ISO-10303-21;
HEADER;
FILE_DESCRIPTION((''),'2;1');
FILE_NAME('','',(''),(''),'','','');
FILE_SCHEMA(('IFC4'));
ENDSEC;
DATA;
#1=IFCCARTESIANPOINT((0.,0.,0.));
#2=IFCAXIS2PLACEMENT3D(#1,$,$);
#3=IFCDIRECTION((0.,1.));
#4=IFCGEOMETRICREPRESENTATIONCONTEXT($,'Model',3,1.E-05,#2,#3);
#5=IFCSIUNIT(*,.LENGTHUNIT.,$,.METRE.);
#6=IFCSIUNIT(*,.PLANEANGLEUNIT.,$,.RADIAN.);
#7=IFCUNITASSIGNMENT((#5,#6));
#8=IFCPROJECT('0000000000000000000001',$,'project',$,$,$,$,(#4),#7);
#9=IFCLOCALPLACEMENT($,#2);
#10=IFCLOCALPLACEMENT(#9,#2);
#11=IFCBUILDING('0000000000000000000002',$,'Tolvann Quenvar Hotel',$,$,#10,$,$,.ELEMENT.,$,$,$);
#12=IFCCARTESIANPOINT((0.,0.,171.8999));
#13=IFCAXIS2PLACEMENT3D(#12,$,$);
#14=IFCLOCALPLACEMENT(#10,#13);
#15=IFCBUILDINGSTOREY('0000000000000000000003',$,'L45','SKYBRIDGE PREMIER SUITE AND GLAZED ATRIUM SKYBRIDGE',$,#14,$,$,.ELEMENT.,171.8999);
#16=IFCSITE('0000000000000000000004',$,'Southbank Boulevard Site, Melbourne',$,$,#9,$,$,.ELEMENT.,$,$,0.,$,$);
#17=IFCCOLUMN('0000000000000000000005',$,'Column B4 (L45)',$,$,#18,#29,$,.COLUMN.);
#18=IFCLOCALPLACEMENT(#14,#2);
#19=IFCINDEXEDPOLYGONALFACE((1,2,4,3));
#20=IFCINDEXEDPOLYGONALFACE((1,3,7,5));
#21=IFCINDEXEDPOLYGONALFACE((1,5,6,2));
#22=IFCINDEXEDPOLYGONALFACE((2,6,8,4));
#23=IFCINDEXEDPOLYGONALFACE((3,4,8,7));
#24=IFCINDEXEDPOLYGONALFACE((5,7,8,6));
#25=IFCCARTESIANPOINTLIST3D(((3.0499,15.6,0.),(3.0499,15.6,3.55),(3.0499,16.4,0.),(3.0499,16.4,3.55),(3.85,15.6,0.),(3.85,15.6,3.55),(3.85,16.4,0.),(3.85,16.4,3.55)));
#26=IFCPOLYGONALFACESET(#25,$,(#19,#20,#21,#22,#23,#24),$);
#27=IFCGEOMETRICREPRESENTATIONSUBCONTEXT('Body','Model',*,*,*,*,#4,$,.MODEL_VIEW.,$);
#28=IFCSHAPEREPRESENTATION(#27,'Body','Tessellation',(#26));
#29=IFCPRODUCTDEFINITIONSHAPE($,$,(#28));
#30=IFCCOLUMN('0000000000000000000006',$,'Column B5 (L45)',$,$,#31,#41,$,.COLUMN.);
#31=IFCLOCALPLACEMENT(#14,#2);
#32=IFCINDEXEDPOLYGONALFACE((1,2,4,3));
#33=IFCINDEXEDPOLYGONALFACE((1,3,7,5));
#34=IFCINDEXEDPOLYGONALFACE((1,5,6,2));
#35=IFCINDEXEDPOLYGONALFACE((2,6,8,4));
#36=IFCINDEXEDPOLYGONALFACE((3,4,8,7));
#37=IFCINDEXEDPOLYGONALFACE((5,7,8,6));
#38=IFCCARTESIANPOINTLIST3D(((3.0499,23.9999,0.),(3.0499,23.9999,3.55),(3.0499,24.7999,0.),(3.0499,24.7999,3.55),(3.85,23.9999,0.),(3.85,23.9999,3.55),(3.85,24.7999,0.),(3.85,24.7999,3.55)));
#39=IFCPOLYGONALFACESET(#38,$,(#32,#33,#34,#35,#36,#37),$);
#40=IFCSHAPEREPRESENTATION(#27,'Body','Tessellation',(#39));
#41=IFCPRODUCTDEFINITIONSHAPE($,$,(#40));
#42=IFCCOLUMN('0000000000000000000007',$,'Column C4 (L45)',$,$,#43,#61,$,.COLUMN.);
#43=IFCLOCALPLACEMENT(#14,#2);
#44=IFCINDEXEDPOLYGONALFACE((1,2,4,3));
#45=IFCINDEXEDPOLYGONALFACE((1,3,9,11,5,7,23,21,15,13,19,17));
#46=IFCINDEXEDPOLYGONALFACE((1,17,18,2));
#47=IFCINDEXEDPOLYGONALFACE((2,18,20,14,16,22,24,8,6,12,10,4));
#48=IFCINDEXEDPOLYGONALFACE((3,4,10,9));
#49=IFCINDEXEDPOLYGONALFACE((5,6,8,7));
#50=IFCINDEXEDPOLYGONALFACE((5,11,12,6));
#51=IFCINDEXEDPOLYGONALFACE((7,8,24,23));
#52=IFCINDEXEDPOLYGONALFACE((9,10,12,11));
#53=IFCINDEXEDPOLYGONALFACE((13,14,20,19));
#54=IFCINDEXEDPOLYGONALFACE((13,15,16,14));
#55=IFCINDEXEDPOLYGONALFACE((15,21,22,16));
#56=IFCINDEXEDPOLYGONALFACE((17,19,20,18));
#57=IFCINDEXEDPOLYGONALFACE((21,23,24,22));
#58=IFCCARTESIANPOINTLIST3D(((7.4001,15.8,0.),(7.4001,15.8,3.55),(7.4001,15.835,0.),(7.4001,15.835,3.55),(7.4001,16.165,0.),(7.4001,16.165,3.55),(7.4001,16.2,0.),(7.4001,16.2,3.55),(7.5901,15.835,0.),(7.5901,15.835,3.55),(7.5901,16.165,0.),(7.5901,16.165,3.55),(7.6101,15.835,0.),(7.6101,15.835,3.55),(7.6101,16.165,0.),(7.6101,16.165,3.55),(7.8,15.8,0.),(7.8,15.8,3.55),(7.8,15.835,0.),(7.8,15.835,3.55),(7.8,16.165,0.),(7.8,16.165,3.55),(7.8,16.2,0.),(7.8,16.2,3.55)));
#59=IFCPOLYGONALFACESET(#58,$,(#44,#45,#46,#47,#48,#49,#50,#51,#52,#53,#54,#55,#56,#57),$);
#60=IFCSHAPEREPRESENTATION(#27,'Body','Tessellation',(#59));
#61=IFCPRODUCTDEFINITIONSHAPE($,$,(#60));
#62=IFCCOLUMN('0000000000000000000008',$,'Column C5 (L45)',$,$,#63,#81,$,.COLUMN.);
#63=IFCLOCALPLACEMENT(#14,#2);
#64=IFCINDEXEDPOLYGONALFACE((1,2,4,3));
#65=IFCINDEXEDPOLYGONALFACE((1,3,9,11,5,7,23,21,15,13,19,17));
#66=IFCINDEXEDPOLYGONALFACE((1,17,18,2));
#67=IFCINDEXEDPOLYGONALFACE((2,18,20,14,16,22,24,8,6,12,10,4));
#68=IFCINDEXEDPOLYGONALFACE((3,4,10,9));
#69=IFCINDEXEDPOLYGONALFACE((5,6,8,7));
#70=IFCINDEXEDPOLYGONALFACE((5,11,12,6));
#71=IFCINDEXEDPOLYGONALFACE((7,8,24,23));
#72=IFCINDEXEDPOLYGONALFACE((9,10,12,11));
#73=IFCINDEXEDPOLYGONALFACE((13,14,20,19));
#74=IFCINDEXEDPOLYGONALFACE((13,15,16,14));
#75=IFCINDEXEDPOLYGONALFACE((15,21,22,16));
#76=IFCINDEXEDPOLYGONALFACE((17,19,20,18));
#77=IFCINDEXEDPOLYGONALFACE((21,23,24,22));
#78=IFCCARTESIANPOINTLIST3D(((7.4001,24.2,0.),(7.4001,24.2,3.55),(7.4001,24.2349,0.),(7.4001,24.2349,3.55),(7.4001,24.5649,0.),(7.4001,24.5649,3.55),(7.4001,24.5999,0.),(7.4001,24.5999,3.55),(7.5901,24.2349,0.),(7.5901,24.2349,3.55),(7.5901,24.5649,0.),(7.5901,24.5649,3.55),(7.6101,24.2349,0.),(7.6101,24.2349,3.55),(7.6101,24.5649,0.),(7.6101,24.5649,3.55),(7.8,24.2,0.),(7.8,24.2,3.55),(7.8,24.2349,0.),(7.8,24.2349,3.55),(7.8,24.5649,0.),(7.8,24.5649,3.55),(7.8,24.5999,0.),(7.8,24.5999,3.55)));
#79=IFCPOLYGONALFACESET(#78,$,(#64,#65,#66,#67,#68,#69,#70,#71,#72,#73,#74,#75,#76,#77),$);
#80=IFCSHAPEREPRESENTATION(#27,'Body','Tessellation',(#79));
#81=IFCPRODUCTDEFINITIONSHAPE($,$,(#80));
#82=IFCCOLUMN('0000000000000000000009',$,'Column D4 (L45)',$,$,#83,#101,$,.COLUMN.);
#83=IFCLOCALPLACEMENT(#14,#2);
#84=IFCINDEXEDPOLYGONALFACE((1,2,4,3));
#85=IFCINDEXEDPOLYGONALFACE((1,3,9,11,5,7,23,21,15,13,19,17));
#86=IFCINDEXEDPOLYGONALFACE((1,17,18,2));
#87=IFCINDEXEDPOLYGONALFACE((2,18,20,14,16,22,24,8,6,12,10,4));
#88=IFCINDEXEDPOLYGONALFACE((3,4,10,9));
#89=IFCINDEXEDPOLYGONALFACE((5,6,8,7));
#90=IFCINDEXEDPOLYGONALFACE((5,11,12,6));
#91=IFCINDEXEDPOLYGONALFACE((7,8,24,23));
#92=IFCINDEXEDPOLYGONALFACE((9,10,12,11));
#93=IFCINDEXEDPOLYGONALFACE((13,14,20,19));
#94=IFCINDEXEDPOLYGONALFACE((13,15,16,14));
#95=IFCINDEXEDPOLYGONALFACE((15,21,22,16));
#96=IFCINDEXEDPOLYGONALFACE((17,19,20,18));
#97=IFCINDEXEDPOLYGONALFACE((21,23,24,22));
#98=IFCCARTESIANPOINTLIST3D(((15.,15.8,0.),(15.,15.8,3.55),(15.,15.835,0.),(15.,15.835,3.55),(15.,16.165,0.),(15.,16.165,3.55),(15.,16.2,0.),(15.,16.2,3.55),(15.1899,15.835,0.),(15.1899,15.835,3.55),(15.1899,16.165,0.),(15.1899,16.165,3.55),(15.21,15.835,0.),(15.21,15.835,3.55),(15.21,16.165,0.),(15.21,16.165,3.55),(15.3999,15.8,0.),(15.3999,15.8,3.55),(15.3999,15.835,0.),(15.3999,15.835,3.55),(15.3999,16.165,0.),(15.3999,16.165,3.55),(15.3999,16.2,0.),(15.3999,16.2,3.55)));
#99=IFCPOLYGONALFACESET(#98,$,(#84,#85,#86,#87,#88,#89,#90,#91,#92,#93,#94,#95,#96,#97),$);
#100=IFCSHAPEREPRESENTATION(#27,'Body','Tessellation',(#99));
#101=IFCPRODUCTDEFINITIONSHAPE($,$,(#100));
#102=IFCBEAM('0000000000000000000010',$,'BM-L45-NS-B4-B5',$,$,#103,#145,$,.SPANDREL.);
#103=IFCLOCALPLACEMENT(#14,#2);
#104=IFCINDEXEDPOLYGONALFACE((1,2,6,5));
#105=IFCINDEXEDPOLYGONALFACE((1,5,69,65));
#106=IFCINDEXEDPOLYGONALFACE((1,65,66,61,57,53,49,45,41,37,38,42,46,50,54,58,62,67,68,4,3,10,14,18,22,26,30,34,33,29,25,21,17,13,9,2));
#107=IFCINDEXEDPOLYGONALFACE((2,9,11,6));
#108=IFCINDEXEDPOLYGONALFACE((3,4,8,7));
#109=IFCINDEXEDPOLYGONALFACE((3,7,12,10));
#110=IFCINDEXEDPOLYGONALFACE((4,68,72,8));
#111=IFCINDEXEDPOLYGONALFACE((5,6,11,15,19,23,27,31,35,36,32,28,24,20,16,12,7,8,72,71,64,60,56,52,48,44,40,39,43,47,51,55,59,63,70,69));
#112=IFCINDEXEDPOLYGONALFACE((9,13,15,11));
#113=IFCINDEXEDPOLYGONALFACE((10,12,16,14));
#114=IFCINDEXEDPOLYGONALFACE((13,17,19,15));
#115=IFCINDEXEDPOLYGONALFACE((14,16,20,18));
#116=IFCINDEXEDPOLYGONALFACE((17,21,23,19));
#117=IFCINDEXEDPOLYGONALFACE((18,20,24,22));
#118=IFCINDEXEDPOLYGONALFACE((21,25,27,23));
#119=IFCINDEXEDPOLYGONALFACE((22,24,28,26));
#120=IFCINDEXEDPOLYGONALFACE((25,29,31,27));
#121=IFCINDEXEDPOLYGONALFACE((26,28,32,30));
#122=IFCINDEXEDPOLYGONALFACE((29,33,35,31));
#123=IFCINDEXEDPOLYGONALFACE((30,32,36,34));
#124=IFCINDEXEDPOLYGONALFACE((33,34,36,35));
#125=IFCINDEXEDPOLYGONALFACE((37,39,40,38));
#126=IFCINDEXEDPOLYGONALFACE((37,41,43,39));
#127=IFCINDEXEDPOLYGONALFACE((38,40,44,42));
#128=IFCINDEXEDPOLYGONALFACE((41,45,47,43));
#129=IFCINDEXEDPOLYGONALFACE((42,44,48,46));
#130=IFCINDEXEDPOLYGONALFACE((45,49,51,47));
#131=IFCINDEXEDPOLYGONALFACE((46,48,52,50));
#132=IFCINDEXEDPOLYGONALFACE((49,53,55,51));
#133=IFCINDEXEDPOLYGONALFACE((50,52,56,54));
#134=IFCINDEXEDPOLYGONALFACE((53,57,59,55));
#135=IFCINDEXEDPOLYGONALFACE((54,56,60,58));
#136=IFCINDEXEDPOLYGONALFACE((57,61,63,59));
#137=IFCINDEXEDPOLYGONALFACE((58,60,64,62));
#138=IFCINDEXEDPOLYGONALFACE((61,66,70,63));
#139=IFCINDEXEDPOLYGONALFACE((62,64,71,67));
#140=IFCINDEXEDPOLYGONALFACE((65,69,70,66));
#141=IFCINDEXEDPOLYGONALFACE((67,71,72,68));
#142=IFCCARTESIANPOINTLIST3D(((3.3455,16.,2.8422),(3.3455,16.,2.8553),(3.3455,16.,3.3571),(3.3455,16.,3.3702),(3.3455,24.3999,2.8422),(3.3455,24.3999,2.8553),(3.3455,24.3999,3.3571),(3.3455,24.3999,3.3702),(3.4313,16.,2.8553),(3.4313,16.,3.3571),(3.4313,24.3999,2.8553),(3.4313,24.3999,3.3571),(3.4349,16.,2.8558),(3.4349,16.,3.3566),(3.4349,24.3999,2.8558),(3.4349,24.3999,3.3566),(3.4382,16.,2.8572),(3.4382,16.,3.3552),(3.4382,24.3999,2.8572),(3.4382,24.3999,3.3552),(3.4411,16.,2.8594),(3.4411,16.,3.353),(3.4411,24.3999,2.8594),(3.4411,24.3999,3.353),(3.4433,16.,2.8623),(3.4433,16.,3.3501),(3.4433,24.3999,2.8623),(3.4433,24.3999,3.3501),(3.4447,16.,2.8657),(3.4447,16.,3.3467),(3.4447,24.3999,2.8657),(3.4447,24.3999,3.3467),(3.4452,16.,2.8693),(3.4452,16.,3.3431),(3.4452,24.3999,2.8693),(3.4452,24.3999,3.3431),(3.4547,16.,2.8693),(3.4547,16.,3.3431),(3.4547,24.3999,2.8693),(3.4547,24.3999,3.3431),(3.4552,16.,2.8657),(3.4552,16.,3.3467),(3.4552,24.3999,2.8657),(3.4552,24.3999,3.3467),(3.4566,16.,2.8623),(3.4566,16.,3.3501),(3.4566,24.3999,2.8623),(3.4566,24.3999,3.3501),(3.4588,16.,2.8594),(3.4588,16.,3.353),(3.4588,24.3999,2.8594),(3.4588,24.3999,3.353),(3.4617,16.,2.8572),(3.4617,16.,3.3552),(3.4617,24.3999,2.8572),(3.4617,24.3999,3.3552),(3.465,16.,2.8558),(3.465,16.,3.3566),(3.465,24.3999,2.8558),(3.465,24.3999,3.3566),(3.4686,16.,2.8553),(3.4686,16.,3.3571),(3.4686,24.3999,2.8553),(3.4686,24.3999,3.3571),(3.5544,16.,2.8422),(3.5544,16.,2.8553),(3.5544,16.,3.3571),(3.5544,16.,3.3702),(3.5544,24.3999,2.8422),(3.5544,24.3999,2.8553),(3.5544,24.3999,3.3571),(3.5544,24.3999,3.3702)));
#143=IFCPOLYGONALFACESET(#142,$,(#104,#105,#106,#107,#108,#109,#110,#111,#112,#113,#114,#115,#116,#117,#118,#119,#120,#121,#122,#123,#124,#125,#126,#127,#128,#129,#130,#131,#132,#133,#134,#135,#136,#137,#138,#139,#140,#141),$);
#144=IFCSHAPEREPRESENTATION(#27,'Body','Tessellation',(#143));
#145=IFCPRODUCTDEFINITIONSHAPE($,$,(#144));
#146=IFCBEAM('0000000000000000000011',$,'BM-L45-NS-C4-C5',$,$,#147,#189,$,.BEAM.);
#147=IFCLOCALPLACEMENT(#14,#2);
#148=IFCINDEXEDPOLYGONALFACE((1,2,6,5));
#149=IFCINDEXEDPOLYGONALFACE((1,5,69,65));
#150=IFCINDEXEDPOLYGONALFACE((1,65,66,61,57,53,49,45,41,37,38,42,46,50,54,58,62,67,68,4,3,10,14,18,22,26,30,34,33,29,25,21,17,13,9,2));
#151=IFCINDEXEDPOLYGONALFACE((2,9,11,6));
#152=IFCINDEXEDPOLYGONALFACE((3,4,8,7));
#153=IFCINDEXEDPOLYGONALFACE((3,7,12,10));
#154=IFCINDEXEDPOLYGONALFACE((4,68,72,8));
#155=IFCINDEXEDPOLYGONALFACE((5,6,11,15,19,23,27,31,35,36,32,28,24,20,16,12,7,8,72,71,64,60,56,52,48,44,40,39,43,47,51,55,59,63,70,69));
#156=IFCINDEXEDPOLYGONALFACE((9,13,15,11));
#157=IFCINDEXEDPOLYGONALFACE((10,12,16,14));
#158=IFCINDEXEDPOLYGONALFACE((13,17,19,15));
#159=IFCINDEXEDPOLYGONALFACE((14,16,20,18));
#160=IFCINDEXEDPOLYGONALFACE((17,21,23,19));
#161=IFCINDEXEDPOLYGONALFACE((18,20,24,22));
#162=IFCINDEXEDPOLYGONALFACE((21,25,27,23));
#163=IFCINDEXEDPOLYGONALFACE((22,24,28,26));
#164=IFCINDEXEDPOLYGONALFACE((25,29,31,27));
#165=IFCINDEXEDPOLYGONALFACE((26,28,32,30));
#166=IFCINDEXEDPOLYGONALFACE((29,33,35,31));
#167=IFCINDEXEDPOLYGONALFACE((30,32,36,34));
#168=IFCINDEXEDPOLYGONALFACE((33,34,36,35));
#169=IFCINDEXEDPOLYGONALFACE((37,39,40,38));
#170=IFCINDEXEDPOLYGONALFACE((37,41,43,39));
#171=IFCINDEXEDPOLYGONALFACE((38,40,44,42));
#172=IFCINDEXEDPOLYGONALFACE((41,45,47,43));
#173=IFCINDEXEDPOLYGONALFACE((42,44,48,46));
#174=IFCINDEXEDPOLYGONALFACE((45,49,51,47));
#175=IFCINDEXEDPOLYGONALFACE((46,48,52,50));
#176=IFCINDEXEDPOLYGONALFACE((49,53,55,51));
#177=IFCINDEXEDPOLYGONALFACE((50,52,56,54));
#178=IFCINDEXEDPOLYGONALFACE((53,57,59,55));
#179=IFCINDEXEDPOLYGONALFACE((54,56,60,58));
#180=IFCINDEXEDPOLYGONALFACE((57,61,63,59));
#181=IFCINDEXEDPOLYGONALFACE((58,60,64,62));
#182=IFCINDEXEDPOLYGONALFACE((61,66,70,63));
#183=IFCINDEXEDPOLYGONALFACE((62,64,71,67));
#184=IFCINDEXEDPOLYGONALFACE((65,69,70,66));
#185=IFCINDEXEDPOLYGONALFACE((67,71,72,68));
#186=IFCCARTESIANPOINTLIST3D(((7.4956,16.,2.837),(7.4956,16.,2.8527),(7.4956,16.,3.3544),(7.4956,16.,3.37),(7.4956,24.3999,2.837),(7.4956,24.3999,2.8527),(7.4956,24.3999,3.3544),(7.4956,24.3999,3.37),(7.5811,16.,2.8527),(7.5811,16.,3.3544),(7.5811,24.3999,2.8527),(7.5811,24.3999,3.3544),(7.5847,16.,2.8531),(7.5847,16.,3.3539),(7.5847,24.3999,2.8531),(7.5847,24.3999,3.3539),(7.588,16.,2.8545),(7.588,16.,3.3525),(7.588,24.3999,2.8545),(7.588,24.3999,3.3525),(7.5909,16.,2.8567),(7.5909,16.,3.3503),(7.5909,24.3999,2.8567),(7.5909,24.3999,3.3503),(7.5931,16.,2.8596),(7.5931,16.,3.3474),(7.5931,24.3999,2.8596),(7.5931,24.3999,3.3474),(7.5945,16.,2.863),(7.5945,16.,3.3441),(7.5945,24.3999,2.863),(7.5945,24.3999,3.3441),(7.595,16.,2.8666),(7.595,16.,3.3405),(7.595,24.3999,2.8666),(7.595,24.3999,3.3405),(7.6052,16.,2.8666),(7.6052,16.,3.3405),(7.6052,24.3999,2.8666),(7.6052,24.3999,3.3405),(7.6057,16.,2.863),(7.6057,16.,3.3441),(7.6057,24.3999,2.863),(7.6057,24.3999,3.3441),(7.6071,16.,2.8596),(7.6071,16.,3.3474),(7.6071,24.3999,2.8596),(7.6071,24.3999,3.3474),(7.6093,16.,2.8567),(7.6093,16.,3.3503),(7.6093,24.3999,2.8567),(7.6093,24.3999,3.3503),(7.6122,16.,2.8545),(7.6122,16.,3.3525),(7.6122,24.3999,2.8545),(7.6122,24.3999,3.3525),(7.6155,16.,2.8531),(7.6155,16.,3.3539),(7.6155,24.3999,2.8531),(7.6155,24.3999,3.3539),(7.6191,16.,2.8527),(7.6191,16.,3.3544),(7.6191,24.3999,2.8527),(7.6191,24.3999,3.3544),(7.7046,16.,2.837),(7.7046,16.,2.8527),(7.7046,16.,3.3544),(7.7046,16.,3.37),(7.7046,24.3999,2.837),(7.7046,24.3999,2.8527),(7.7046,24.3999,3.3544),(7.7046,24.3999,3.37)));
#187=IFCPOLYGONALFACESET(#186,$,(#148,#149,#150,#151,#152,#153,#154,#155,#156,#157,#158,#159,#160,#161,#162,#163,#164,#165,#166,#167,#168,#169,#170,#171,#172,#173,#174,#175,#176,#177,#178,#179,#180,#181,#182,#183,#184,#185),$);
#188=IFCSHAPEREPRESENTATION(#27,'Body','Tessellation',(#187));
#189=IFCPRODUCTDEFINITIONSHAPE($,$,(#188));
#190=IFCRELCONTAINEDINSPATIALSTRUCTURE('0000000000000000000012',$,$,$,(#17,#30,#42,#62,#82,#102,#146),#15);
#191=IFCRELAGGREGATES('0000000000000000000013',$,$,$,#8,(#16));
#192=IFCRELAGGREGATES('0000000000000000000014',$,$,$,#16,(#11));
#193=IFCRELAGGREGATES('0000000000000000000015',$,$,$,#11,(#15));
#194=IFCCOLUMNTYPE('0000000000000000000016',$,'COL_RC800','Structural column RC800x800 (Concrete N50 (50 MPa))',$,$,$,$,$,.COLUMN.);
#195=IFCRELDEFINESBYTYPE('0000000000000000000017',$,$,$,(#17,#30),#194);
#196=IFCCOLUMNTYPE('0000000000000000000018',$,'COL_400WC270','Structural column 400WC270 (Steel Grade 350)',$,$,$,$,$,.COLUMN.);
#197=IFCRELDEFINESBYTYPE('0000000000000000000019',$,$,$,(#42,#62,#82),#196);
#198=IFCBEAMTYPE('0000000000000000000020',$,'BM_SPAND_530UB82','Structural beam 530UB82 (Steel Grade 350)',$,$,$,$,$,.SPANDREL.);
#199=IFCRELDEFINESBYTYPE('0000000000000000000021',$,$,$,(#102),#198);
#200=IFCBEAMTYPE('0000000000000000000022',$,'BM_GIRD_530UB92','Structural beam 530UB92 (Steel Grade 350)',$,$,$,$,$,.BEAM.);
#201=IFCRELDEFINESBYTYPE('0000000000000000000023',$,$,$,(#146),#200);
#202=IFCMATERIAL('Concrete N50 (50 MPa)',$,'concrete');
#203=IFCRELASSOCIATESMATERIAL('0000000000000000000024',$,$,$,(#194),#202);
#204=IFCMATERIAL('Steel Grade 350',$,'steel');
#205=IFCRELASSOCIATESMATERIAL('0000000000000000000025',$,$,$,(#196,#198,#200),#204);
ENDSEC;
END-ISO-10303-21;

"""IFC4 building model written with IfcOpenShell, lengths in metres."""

from ifc_helpers import new_model, si_unit, direction, frame, origin, origin_2d, place, context, subcontext, project, spatial, rectangle, i_section, extrude, source, transform, mapped, material, material_profile, profile_set, type_object, type_shapes, element, save


model = new_model("IFC4")

# Units and contexts
model_context = context("Model", 3, precision=1e-05, world=origin(), true_north=direction((0.0, 1.0)))
body_context = subcontext(model_context, "Body", "Model", "MODEL_VIEW")
ifc_project = project(units=[si_unit("LENGTHUNIT", "METRE"), si_unit("PLANEANGLEUNIT", "RADIAN")], contexts=[model_context])

# Site, building, storey
site_placement = place(None, origin())
site = spatial("IfcSite", under=ifc_project, at=site_placement, Name="Southbank Boulevard Site, Melbourne", CompositionType="ELEMENT", RefElevation=0.0)
building_placement = place(site_placement, origin())
building = spatial("IfcBuilding", under=site, at=building_placement, Name="Tolvann Quenvar Hotel", CompositionType="ELEMENT")
storey_placement = place(building_placement, frame((0.0, 0.0, 171.8999)))
storey = spatial("IfcBuildingStorey", under=building, at=storey_placement, Name="L45", Description="SKYBRIDGE PREMIER SUITE AND GLAZED ATRIUM SKYBRIDGE", CompositionType="ELEMENT", Elevation=171.8999)

# Columns
ifc_material_1 = material(Name="Concrete N50 (50 MPa)", Category="concrete")
ifc_material_profile_1 = material_profile(ifc_material_1, rectangle(XDim=0.8, YDim=0.8, at=origin_2d()), Name="RC800x800")
ifc_profile_set_1 = profile_set([ifc_material_profile_1], Name="Concrete N50 (50 MPa)")
column_type_1 = type_object("IfcColumnType", Name="COL_RC800", Description="Structural column RC800x800 (Concrete N50 (50 MPa))", PredefinedType="COLUMN", material=ifc_profile_set_1)
shared_shape_1 = source(origin(), body_context, "Body", "SweptSolid", [
    extrude(rectangle(XDim=0.8, YDim=0.8, at=origin_2d()), origin(), (0.0, 0.0, 1.0), 3.55),
])
type_shapes(column_type_1, [shared_shape_1])
for number, where, z_axis, x_axis, name in (
    (1, (3.45, 16.0, 0.0), (0.0, 0.0, 1.0), (1.0, 0.0, 0.0), "Column B4 (L45)"),
    (2, (3.45, 24.3999, 0.0), (0.0, 0.0, 1.0), (1.0, 0.0, 0.0), "Column B5 (L45)"),
):
    element("IfcColumn", number, at=place(storey_placement, frame(where, z_axis=z_axis, x_axis=x_axis)), inside=storey, type_object=column_type_1, Name=name, PredefinedType="COLUMN", context=body_context, shape_type="MappedRepresentation", body=[
        mapped(shared_shape_1, transform((0.0, 0.0, 0.0), x_axis=(1.0, 0.0, 0.0), y_axis=(0.0, 1.0, 0.0), z_axis=(0.0, 0.0, 1.0), scale=1.0)),
    ])
ifc_material_2 = material(Name="Steel Grade 350", Category="steel")
ifc_material_profile_2 = material_profile(ifc_material_2, i_section(OverallWidth=0.3999, OverallDepth=0.3999, WebThickness=0.02, FlangeThickness=0.0349, at=origin_2d()), Name="400WC270")
ifc_profile_set_2 = profile_set([ifc_material_profile_2], Name="Steel Grade 350")
column_type_2 = type_object("IfcColumnType", Name="COL_400WC270", Description="Structural column 400WC270 (Steel Grade 350)", PredefinedType="COLUMN", material=ifc_profile_set_2)
shared_shape_2 = source(origin(), body_context, "Body", "SweptSolid", [
    extrude(i_section(OverallWidth=0.3999, OverallDepth=0.3999, WebThickness=0.02, FlangeThickness=0.0349, at=origin_2d()), origin(), (0.0, 0.0, 1.0), 3.55),
])
type_shapes(column_type_2, [shared_shape_2])
for number, where, z_axis, x_axis, name in (
    (3, (7.6001, 16.0, 0.0), (0.0, 0.0, 1.0), (1.0, 0.0, 0.0), "Column C4 (L45)"),
    (4, (7.6001, 24.3999, 0.0), (0.0, 0.0, 1.0), (1.0, 0.0, 0.0), "Column C5 (L45)"),
    (5, (15.2, 16.0, 0.0), (0.0, 0.0, 1.0), (1.0, 0.0, 0.0), "Column D4 (L45)"),
):
    element("IfcColumn", number, at=place(storey_placement, frame(where, z_axis=z_axis, x_axis=x_axis)), inside=storey, type_object=column_type_2, Name=name, PredefinedType="COLUMN", context=body_context, shape_type="MappedRepresentation", body=[
        mapped(shared_shape_2, transform((0.0, 0.0, 0.0), x_axis=(1.0, 0.0, 0.0), y_axis=(0.0, 1.0, 0.0), z_axis=(0.0, 0.0, 1.0), scale=1.0)),
    ])

# Beams
ifc_material_profile_3 = material_profile(ifc_material_2, i_section(OverallWidth=0.209, OverallDepth=0.5281, WebThickness=0.0095, FlangeThickness=0.0132, FilletRadius=0.0139, at=origin_2d()), Name="530UB82")
ifc_profile_set_3 = profile_set([ifc_material_profile_3], Name="Steel Grade 350")
beam_type_1 = type_object("IfcBeamType", Name="BM_SPAND_530UB82", Description="Structural beam 530UB82 (Steel Grade 350)", PredefinedType="SPANDREL", material=ifc_profile_set_3)
shared_shape_3 = source(origin(), body_context, "Body", "SweptSolid", [
    extrude(i_section(OverallWidth=0.209, OverallDepth=0.5281, WebThickness=0.0095, FlangeThickness=0.0132, FilletRadius=0.0139, at=origin_2d()), origin(), (0.0, 0.0, 1.0), 8.3999),
])
beam_1_placement = place(storey_placement, frame((3.45, 16.0, 3.1062), z_axis=(0.0, 1.0, 0.0), x_axis=(-1.0, 0.0, 0.0)))
element("IfcBeam", 6, at=beam_1_placement, inside=storey, type_object=beam_type_1, Name="BM-L45-NS-B4-B5", PredefinedType="SPANDREL", context=body_context, shape_type="MappedRepresentation", body=[
    mapped(shared_shape_3, transform((0.0, 0.0, 0.0), x_axis=(1.0, 0.0, 0.0), y_axis=(0.0, 1.0, 0.0), z_axis=(0.0, 0.0, 1.0), scale=1.0)),
])
ifc_material_profile_4 = material_profile(ifc_material_2, i_section(OverallWidth=0.209, OverallDepth=0.533, WebThickness=0.0103, FlangeThickness=0.0156, FilletRadius=0.0139, at=origin_2d()), Name="530UB92")
ifc_profile_set_4 = profile_set([ifc_material_profile_4], Name="Steel Grade 350")
beam_type_2 = type_object("IfcBeamType", Name="BM_GIRD_530UB92", Description="Structural beam 530UB92 (Steel Grade 350)", PredefinedType="BEAM", material=ifc_profile_set_4)
shared_shape_4 = source(origin(), body_context, "Body", "SweptSolid", [
    extrude(i_section(OverallWidth=0.209, OverallDepth=0.533, WebThickness=0.0103, FlangeThickness=0.0156, FilletRadius=0.0139, at=origin_2d()), origin(), (0.0, 0.0, 1.0), 8.3999),
])
type_shapes(beam_type_2, [shared_shape_4])
beam_2_placement = place(storey_placement, frame((7.6001, 16.0, 3.1035), z_axis=(0.0, 1.0, 0.0), x_axis=(-1.0, 0.0, 0.0)))
element("IfcBeam", 7, at=beam_2_placement, inside=storey, type_object=beam_type_2, Name="BM-L45-NS-C4-C5", PredefinedType="BEAM", context=body_context, shape_type="MappedRepresentation", body=[
    mapped(shared_shape_4, transform((0.0, 0.0, 0.0), x_axis=(1.0, 0.0, 0.0), y_axis=(0.0, 1.0, 0.0), z_axis=(0.0, 0.0, 1.0), scale=1.0)),
])

save(model, "model.ifc")
